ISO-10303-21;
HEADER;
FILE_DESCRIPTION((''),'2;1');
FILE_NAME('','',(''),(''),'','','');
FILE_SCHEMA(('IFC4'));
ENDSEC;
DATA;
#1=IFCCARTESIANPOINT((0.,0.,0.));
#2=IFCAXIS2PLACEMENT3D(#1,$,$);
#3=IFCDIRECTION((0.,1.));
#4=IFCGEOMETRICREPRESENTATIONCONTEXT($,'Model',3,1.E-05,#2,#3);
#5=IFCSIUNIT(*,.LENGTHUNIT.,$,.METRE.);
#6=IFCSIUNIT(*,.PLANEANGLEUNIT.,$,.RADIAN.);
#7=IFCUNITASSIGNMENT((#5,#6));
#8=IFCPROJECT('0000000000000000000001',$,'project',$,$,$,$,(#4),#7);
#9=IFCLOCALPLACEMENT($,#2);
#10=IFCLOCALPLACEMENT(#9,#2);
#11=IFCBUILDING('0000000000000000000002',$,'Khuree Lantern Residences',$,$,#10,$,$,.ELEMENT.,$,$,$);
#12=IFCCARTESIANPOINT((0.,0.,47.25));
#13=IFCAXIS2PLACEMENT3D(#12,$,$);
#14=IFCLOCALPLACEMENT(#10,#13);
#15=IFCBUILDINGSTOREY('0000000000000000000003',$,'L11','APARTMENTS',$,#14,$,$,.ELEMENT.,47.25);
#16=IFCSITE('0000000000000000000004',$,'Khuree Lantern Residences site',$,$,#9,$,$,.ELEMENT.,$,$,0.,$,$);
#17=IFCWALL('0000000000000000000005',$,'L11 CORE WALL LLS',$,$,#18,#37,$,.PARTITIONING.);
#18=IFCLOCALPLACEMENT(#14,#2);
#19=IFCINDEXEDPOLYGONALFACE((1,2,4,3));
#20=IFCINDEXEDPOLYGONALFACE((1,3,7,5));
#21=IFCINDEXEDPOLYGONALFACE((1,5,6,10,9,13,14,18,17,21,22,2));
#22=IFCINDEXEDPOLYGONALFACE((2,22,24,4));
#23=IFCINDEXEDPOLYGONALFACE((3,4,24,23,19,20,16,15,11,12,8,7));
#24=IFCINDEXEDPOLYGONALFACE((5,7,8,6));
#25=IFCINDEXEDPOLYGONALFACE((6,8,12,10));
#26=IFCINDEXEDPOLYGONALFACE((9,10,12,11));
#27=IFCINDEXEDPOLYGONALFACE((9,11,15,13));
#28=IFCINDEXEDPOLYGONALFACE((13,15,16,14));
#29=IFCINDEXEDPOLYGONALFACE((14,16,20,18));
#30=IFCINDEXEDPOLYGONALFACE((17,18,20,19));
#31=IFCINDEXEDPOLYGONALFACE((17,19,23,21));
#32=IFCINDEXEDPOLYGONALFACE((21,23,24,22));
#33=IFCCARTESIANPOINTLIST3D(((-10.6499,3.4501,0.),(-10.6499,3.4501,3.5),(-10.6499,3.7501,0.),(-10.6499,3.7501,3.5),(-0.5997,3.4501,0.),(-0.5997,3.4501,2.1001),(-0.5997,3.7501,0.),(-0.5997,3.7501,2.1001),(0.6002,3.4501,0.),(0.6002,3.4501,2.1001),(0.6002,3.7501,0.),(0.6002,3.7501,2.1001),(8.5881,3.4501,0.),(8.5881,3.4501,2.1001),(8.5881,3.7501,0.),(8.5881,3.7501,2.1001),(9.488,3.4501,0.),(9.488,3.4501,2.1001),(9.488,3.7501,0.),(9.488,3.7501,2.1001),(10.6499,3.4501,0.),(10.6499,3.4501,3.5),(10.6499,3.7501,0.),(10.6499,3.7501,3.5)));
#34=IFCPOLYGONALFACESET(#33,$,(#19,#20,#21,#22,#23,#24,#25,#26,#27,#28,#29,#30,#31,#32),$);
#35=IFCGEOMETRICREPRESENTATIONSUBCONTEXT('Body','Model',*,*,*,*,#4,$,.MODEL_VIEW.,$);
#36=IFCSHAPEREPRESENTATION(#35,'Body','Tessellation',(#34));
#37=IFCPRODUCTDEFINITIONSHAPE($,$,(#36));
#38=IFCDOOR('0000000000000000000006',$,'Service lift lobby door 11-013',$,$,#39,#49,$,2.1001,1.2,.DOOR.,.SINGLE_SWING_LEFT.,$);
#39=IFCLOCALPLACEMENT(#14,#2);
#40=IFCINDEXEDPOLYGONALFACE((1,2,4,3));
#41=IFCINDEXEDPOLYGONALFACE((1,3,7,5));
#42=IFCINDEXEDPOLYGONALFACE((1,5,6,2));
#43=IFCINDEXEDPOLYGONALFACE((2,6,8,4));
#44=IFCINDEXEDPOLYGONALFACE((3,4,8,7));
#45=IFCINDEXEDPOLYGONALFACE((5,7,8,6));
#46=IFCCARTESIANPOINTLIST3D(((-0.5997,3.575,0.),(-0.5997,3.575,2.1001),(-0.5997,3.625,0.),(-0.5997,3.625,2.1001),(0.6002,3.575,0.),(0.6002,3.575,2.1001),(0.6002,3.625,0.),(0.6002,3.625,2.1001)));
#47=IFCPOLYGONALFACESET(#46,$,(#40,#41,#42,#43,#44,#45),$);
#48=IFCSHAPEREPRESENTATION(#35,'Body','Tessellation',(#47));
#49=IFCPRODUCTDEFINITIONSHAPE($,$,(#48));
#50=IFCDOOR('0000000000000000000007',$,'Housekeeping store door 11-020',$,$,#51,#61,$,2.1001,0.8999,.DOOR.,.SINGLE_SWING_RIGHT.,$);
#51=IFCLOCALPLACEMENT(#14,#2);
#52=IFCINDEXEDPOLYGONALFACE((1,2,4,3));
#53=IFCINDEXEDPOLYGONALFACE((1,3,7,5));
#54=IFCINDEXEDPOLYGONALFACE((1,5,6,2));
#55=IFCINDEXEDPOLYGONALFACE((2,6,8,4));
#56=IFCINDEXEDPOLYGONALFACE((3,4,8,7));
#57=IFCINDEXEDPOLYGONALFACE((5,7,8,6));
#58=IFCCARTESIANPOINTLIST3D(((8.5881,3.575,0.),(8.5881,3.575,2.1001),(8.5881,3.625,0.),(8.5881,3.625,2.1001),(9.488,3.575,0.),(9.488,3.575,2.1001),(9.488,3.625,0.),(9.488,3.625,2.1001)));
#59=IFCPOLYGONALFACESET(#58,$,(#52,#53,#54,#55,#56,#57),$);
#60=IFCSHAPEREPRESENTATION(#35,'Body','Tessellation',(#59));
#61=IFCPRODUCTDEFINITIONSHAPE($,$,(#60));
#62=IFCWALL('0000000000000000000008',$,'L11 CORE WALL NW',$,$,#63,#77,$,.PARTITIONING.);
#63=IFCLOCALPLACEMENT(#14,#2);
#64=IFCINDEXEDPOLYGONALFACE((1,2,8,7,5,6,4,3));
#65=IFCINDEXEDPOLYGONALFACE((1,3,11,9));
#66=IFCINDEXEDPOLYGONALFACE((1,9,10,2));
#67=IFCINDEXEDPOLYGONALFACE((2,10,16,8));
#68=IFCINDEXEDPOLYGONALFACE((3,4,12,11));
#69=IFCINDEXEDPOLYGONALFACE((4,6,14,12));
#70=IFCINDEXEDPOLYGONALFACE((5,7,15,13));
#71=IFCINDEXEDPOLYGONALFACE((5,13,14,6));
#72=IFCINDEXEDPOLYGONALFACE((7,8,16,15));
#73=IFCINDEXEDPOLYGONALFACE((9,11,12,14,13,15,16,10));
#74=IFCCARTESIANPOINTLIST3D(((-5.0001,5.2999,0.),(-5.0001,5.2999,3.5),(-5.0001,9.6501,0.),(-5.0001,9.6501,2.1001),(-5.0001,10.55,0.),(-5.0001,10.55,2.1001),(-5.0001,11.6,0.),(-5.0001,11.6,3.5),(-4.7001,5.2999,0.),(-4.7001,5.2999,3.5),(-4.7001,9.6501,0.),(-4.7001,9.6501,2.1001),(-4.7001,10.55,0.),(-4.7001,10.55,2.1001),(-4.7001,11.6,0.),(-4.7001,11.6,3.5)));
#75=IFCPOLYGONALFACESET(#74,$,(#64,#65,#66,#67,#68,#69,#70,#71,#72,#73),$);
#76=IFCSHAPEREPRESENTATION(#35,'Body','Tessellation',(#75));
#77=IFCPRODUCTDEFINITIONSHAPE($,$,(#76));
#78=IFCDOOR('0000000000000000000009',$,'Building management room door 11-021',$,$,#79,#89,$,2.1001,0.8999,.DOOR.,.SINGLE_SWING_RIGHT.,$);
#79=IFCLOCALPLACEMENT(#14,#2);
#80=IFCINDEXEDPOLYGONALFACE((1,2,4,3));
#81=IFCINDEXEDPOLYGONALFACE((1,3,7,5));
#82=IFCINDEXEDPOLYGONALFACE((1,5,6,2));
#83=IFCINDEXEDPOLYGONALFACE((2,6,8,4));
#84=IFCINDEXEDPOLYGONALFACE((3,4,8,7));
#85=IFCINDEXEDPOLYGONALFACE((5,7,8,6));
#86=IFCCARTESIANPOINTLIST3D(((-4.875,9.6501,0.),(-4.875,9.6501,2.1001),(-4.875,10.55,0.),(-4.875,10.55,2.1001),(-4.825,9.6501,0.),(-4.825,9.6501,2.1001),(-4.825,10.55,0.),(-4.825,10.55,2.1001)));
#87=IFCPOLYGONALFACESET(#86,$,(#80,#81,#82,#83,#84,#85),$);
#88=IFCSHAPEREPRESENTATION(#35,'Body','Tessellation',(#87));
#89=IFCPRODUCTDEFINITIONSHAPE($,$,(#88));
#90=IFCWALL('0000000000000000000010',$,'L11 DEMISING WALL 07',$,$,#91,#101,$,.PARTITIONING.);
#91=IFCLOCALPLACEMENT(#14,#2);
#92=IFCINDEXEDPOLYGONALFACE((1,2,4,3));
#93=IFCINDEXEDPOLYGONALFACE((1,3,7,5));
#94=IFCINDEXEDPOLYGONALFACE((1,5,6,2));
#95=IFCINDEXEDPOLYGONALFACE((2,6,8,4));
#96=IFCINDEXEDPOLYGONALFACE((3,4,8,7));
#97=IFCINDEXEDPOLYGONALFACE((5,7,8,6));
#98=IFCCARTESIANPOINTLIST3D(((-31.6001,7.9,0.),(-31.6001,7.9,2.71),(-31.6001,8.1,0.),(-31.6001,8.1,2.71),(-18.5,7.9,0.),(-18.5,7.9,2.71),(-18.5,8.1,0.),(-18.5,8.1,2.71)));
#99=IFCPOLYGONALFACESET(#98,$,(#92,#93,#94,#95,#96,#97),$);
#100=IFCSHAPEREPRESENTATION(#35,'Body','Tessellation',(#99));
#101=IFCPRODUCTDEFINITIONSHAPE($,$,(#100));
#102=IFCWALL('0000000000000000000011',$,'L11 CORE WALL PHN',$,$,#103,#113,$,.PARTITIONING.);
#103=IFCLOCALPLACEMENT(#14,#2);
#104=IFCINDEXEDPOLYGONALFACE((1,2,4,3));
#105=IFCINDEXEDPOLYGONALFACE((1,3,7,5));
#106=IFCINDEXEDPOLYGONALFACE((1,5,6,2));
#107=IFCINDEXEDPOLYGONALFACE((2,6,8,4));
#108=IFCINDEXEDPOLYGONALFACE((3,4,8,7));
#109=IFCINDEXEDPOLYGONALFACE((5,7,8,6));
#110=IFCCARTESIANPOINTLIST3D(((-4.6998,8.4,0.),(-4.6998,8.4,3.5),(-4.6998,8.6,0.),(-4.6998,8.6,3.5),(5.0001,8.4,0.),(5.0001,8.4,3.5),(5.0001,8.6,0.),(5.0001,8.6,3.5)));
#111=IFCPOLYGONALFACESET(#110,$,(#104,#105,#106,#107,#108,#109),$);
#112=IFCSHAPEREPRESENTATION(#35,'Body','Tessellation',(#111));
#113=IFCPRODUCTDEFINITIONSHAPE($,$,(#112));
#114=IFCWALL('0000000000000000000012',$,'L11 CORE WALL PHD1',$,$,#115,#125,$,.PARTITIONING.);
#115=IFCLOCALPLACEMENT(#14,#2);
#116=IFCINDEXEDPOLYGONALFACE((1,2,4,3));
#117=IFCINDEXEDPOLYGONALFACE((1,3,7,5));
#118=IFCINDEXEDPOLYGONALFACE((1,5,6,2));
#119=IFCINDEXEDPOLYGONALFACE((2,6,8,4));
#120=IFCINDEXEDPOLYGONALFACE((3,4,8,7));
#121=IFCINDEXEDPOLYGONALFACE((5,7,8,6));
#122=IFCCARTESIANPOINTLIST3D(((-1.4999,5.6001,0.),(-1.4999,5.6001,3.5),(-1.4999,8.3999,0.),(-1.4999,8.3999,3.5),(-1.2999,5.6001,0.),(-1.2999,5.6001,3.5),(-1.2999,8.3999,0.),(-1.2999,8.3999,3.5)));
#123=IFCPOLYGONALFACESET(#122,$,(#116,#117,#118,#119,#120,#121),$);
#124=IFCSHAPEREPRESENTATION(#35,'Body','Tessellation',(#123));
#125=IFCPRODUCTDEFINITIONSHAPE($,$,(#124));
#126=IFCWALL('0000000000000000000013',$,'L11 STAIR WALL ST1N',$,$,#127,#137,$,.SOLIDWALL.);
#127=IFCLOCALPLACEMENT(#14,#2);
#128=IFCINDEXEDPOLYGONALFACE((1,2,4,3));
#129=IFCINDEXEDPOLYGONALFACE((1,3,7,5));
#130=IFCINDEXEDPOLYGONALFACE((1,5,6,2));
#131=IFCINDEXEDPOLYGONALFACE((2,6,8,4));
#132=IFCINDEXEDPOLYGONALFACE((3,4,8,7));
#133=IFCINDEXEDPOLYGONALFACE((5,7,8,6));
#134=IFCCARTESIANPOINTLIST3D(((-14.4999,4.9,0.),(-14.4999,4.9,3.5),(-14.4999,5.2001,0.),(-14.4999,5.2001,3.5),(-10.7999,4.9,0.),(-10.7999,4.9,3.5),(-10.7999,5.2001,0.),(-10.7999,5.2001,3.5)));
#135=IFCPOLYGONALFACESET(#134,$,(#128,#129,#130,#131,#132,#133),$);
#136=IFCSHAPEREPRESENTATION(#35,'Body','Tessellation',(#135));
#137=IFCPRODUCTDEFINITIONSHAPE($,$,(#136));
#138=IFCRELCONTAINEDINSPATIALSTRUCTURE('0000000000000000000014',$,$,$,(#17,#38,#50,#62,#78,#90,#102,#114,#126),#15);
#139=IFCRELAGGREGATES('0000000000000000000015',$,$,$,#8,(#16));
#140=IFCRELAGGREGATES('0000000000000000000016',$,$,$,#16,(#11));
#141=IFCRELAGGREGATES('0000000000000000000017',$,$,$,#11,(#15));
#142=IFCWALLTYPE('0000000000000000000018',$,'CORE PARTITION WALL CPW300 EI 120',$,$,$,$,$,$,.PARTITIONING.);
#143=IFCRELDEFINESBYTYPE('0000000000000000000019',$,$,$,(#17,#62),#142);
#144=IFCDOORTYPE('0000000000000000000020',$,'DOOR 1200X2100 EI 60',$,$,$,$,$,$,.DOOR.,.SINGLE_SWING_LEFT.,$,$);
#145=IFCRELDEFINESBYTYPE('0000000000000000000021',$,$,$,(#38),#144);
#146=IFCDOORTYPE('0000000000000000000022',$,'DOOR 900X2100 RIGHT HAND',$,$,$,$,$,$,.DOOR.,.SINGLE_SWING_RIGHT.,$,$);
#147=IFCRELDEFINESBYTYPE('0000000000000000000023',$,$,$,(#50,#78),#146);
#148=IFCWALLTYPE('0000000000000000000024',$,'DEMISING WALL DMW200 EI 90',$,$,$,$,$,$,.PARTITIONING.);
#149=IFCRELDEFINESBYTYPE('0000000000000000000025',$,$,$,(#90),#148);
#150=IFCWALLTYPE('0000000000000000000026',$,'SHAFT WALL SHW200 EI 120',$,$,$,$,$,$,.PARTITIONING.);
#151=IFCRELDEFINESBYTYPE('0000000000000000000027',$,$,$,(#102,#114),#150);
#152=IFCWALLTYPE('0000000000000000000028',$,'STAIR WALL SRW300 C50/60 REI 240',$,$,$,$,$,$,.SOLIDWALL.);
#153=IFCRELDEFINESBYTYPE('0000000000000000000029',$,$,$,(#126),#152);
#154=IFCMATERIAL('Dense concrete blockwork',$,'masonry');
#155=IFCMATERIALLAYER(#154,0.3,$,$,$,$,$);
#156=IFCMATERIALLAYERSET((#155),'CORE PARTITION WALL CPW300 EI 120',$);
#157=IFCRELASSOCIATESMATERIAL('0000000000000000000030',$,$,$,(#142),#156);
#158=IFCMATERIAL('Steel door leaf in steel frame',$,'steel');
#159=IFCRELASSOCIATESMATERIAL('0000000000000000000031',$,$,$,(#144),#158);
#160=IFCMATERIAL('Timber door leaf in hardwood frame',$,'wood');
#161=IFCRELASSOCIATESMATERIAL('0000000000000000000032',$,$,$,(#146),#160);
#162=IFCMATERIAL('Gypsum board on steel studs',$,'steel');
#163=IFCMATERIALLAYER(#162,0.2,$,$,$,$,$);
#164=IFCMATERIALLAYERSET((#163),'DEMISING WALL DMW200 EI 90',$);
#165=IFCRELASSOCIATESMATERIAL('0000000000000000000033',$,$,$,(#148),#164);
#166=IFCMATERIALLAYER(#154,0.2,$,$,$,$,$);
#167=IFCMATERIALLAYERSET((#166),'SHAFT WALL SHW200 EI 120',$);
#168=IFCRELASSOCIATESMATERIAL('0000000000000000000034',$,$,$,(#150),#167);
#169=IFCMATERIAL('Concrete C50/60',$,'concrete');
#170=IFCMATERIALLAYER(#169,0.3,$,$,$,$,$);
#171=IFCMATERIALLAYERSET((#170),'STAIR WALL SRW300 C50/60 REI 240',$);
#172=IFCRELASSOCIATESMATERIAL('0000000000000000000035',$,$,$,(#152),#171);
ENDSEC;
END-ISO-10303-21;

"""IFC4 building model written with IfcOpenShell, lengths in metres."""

from ifc_helpers import new_model, si_unit, direction, frame, frame_2d, origin, place, context, subcontext, project, spatial, rectangle, extrude, material, layer, layer_set, type_object, element, fill, save


model = new_model("IFC4")

# Units and contexts
model_context = context("Model", 3, precision=1e-05, world=origin(), true_north=direction((0.0, 1.0)))
body_context = subcontext(model_context, "Body", "Model", "MODEL_VIEW")
ifc_project = project(units=[si_unit("LENGTHUNIT", "METRE"), si_unit("PLANEANGLEUNIT", "RADIAN")], contexts=[model_context])

# Site, building, storey
site_placement = place(None, origin())
site = spatial("IfcSite", under=ifc_project, at=site_placement, Name="Khuree Lantern Residences site", CompositionType="ELEMENT", RefElevation=0.0)
building_placement = place(site_placement, origin())
building = spatial("IfcBuilding", under=site, at=building_placement, Name="Khuree Lantern Residences", CompositionType="ELEMENT")
storey_placement = place(building_placement, frame((0.0, 0.0, 47.25)))
storey = spatial("IfcBuildingStorey", under=building, at=storey_placement, Name="L11", Description="APARTMENTS", CompositionType="ELEMENT", Elevation=47.25)

# Shared definitions
ifc_material_1 = material(Name="Dense concrete blockwork", Category="masonry")
ifc_layer_1 = layer(ifc_material_1, 0.3)
ifc_layer_set_1 = layer_set([ifc_layer_1], Name="CORE PARTITION WALL CPW300 EI 120")
wall_type_1 = type_object("IfcWallType", Name="CORE PARTITION WALL CPW300 EI 120", PredefinedType="PARTITIONING", material=ifc_layer_set_1)

# Wall, openings, doors
wall_1_placement = place(storey_placement, frame((-10.6499, 3.6001, 0.0), z_axis=(0.0, 0.0, 1.0), x_axis=(1.0, 0.0, 0.0)))
wall_1 = element("IfcWall", 1, at=wall_1_placement, inside=storey, type_object=wall_type_1, Name="L11 CORE WALL LLS", PredefinedType="PARTITIONING", context=body_context, shape_type="SweptSolid", body=[
    extrude(rectangle(XDim=21.2998, YDim=0.3, at=frame_2d((10.6499, 0.0))), origin(), (0.0, 0.0, 1.0), 3.5),
])
opening_1_placement = place(wall_1_placement, frame((10.05, 0.0, 0.0)))
opening_1 = element("IfcOpeningElement", 2, at=opening_1_placement, cuts=wall_1, PredefinedType="OPENING", context=body_context, shape_type="SweptSolid", body=[
    extrude(rectangle(XDim=1.2, YDim=2.1001, at=frame_2d((0.6001, 1.05))), frame((0.0, 0.1602, 0.0), z_axis=(0.0, -1.0, 0.0), x_axis=(1.0, 0.0, 0.0)), (0.0, 0.0, 1.0), 0.3201),
])
opening_2_placement = place(wall_1_placement, frame((19.238, 0.0, 0.0)))
opening_2 = element("IfcOpeningElement", 3, at=opening_2_placement, cuts=wall_1, PredefinedType="OPENING", context=body_context, shape_type="SweptSolid", body=[
    extrude(rectangle(XDim=0.8999, YDim=2.1001, at=frame_2d((0.45, 1.05))), frame((0.0, 0.1602, 0.0), z_axis=(0.0, -1.0, 0.0), x_axis=(1.0, 0.0, 0.0)), (0.0, 0.0, 1.0), 0.3201),
])
ifc_material_2 = material(Name="Steel door leaf in steel frame", Category="steel")
door_type_1 = type_object("IfcDoorType", Name="DOOR 1200X2100 EI 60", OperationType="SINGLE_SWING_LEFT", PredefinedType="DOOR", material=ifc_material_2)
door_1_placement = place(opening_1_placement, origin())
door_1 = element("IfcDoor", 4, at=door_1_placement, inside=storey, type_object=door_type_1, Name="Service lift lobby door 11-013", OperationType="SINGLE_SWING_LEFT", OverallHeight=2.1001, OverallWidth=1.2, PredefinedType="DOOR", context=body_context, shape_type="SweptSolid", body=[
    extrude(rectangle(XDim=1.2, YDim=2.1001, at=frame_2d((0.6001, 1.05))), frame((0.0, 0.0249, 0.0), z_axis=(0.0, -1.0, 0.0), x_axis=(1.0, 0.0, 0.0)), (0.0, 0.0, 1.0), 0.05),
])
fill(opening_1, door_1)
ifc_material_3 = material(Name="Timber door leaf in hardwood frame", Category="wood")
door_type_2 = type_object("IfcDoorType", Name="DOOR 900X2100 RIGHT HAND", OperationType="SINGLE_SWING_RIGHT", PredefinedType="DOOR", material=ifc_material_3)
door_2_placement = place(opening_2_placement, origin())
door_2 = element("IfcDoor", 5, at=door_2_placement, inside=storey, type_object=door_type_2, Name="Housekeeping store door 11-020", OperationType="SINGLE_SWING_RIGHT", OverallHeight=2.1001, OverallWidth=0.8999, PredefinedType="DOOR", context=body_context, shape_type="SweptSolid", body=[
    extrude(rectangle(XDim=0.8999, YDim=2.1001, at=frame_2d((0.45, 1.05))), frame((0.0, 0.0249, 0.0), z_axis=(0.0, -1.0, 0.0), x_axis=(1.0, 0.0, 0.0)), (0.0, 0.0, 1.0), 0.05),
])
fill(opening_2, door_2)

# Wall, opening, door
wall_2_placement = place(storey_placement, frame((-4.8501, 5.3, 0.0), z_axis=(0.0, 0.0, 1.0), x_axis=(0.0, 1.0, 0.0)))
wall_2 = element("IfcWall", 6, at=wall_2_placement, inside=storey, type_object=wall_type_1, Name="L11 CORE WALL NW", PredefinedType="PARTITIONING", context=body_context, shape_type="SweptSolid", body=[
    extrude(rectangle(XDim=6.3, YDim=0.3, at=frame_2d((3.1499, 0.0))), origin(), (0.0, 0.0, 1.0), 3.5),
])
opening_3_placement = place(wall_2_placement, frame((4.3501, 0.0, 0.0)))
opening_3 = element("IfcOpeningElement", 7, at=opening_3_placement, cuts=wall_2, PredefinedType="OPENING", context=body_context, shape_type="SweptSolid", body=[
    extrude(rectangle(XDim=0.8999, YDim=2.1001, at=frame_2d((0.45, 1.05))), frame((0.0, 0.1602, 0.0), z_axis=(0.0, -1.0, 0.0), x_axis=(1.0, 0.0, 0.0)), (0.0, 0.0, 1.0), 0.3201),
])
door_3_placement = place(opening_3_placement, origin())
door_3 = element("IfcDoor", 8, at=door_3_placement, inside=storey, type_object=door_type_2, Name="Building management room door 11-021", OperationType="SINGLE_SWING_RIGHT", OverallHeight=2.1001, OverallWidth=0.8999, PredefinedType="DOOR", context=body_context, shape_type="SweptSolid", body=[
    extrude(rectangle(XDim=0.8999, YDim=2.1001, at=frame_2d((0.45, 1.05))), frame((0.0, 0.0249, 0.0), z_axis=(0.0, -1.0, 0.0), x_axis=(1.0, 0.0, 0.0)), (0.0, 0.0, 1.0), 0.05),
])
fill(opening_3, door_3)

# Walls
ifc_material_4 = material(Name="Gypsum board on steel studs", Category="steel")
ifc_layer_2 = layer(ifc_material_4, 0.2)
ifc_layer_set_2 = layer_set([ifc_layer_2], Name="DEMISING WALL DMW200 EI 90")
wall_type_2 = type_object("IfcWallType", Name="DEMISING WALL DMW200 EI 90", PredefinedType="PARTITIONING", material=ifc_layer_set_2)
wall_3_placement = place(storey_placement, frame((-18.5, 8.0, 0.0), z_axis=(0.0, 0.0, 1.0), x_axis=(-1.0, 0.0, 0.0)))
element("IfcWall", 9, at=wall_3_placement, inside=storey, type_object=wall_type_2, Name="L11 DEMISING WALL 07", PredefinedType="PARTITIONING", context=body_context, shape_type="SweptSolid", body=[
    extrude(rectangle(XDim=13.1001, YDim=0.2, at=frame_2d((6.55, 0.0))), origin(), (0.0, 0.0, 1.0), 2.71),
])
ifc_layer_3 = layer(ifc_material_1, 0.2)
ifc_layer_set_3 = layer_set([ifc_layer_3], Name="SHAFT WALL SHW200 EI 120")
wall_type_3 = type_object("IfcWallType", Name="SHAFT WALL SHW200 EI 120", PredefinedType="PARTITIONING", material=ifc_layer_set_3)
wall_4_placement = place(storey_placement, frame((-4.7, 8.5, 0.0), z_axis=(0.0, 0.0, 1.0), x_axis=(1.0, 0.0, 0.0)))
element("IfcWall", 10, at=wall_4_placement, inside=storey, type_object=wall_type_3, Name="L11 CORE WALL PHN", PredefinedType="PARTITIONING", context=body_context, shape_type="SweptSolid", body=[
    extrude(rectangle(XDim=9.7, YDim=0.2, at=frame_2d((4.8501, 0.0))), origin(), (0.0, 0.0, 1.0), 3.5),
])
wall_5_placement = place(storey_placement, frame((-1.3999, 5.6001, 0.0), z_axis=(0.0, 0.0, 1.0), x_axis=(0.0, 1.0, 0.0)))
element("IfcWall", 11, at=wall_5_placement, inside=storey, type_object=wall_type_3, Name="L11 CORE WALL PHD1", PredefinedType="PARTITIONING", context=body_context, shape_type="SweptSolid", body=[
    extrude(rectangle(XDim=2.7998, YDim=0.2, at=frame_2d((1.3999, 0.0))), origin(), (0.0, 0.0, 1.0), 3.5),
])
ifc_material_5 = material(Name="Concrete C50/60", Category="concrete")
ifc_layer_4 = layer(ifc_material_5, 0.3)
ifc_layer_set_4 = layer_set([ifc_layer_4], Name="STAIR WALL SRW300 C50/60 REI 240")
wall_type_4 = type_object("IfcWallType", Name="STAIR WALL SRW300 C50/60 REI 240", PredefinedType="SOLIDWALL", material=ifc_layer_set_4)
wall_6_placement = place(storey_placement, frame((-14.5, 5.05, 0.0), z_axis=(0.0, 0.0, 1.0), x_axis=(1.0, 0.0, 0.0)))
element("IfcWall", 12, at=wall_6_placement, inside=storey, type_object=wall_type_4, Name="L11 STAIR WALL ST1N", PredefinedType="SOLIDWALL", context=body_context, shape_type="SweptSolid", body=[
    extrude(rectangle(XDim=3.7, YDim=0.3, at=frame_2d((1.8501, 0.0))), origin(), (0.0, 0.0, 1.0), 3.5),
])

save(model, "model.ifc")
